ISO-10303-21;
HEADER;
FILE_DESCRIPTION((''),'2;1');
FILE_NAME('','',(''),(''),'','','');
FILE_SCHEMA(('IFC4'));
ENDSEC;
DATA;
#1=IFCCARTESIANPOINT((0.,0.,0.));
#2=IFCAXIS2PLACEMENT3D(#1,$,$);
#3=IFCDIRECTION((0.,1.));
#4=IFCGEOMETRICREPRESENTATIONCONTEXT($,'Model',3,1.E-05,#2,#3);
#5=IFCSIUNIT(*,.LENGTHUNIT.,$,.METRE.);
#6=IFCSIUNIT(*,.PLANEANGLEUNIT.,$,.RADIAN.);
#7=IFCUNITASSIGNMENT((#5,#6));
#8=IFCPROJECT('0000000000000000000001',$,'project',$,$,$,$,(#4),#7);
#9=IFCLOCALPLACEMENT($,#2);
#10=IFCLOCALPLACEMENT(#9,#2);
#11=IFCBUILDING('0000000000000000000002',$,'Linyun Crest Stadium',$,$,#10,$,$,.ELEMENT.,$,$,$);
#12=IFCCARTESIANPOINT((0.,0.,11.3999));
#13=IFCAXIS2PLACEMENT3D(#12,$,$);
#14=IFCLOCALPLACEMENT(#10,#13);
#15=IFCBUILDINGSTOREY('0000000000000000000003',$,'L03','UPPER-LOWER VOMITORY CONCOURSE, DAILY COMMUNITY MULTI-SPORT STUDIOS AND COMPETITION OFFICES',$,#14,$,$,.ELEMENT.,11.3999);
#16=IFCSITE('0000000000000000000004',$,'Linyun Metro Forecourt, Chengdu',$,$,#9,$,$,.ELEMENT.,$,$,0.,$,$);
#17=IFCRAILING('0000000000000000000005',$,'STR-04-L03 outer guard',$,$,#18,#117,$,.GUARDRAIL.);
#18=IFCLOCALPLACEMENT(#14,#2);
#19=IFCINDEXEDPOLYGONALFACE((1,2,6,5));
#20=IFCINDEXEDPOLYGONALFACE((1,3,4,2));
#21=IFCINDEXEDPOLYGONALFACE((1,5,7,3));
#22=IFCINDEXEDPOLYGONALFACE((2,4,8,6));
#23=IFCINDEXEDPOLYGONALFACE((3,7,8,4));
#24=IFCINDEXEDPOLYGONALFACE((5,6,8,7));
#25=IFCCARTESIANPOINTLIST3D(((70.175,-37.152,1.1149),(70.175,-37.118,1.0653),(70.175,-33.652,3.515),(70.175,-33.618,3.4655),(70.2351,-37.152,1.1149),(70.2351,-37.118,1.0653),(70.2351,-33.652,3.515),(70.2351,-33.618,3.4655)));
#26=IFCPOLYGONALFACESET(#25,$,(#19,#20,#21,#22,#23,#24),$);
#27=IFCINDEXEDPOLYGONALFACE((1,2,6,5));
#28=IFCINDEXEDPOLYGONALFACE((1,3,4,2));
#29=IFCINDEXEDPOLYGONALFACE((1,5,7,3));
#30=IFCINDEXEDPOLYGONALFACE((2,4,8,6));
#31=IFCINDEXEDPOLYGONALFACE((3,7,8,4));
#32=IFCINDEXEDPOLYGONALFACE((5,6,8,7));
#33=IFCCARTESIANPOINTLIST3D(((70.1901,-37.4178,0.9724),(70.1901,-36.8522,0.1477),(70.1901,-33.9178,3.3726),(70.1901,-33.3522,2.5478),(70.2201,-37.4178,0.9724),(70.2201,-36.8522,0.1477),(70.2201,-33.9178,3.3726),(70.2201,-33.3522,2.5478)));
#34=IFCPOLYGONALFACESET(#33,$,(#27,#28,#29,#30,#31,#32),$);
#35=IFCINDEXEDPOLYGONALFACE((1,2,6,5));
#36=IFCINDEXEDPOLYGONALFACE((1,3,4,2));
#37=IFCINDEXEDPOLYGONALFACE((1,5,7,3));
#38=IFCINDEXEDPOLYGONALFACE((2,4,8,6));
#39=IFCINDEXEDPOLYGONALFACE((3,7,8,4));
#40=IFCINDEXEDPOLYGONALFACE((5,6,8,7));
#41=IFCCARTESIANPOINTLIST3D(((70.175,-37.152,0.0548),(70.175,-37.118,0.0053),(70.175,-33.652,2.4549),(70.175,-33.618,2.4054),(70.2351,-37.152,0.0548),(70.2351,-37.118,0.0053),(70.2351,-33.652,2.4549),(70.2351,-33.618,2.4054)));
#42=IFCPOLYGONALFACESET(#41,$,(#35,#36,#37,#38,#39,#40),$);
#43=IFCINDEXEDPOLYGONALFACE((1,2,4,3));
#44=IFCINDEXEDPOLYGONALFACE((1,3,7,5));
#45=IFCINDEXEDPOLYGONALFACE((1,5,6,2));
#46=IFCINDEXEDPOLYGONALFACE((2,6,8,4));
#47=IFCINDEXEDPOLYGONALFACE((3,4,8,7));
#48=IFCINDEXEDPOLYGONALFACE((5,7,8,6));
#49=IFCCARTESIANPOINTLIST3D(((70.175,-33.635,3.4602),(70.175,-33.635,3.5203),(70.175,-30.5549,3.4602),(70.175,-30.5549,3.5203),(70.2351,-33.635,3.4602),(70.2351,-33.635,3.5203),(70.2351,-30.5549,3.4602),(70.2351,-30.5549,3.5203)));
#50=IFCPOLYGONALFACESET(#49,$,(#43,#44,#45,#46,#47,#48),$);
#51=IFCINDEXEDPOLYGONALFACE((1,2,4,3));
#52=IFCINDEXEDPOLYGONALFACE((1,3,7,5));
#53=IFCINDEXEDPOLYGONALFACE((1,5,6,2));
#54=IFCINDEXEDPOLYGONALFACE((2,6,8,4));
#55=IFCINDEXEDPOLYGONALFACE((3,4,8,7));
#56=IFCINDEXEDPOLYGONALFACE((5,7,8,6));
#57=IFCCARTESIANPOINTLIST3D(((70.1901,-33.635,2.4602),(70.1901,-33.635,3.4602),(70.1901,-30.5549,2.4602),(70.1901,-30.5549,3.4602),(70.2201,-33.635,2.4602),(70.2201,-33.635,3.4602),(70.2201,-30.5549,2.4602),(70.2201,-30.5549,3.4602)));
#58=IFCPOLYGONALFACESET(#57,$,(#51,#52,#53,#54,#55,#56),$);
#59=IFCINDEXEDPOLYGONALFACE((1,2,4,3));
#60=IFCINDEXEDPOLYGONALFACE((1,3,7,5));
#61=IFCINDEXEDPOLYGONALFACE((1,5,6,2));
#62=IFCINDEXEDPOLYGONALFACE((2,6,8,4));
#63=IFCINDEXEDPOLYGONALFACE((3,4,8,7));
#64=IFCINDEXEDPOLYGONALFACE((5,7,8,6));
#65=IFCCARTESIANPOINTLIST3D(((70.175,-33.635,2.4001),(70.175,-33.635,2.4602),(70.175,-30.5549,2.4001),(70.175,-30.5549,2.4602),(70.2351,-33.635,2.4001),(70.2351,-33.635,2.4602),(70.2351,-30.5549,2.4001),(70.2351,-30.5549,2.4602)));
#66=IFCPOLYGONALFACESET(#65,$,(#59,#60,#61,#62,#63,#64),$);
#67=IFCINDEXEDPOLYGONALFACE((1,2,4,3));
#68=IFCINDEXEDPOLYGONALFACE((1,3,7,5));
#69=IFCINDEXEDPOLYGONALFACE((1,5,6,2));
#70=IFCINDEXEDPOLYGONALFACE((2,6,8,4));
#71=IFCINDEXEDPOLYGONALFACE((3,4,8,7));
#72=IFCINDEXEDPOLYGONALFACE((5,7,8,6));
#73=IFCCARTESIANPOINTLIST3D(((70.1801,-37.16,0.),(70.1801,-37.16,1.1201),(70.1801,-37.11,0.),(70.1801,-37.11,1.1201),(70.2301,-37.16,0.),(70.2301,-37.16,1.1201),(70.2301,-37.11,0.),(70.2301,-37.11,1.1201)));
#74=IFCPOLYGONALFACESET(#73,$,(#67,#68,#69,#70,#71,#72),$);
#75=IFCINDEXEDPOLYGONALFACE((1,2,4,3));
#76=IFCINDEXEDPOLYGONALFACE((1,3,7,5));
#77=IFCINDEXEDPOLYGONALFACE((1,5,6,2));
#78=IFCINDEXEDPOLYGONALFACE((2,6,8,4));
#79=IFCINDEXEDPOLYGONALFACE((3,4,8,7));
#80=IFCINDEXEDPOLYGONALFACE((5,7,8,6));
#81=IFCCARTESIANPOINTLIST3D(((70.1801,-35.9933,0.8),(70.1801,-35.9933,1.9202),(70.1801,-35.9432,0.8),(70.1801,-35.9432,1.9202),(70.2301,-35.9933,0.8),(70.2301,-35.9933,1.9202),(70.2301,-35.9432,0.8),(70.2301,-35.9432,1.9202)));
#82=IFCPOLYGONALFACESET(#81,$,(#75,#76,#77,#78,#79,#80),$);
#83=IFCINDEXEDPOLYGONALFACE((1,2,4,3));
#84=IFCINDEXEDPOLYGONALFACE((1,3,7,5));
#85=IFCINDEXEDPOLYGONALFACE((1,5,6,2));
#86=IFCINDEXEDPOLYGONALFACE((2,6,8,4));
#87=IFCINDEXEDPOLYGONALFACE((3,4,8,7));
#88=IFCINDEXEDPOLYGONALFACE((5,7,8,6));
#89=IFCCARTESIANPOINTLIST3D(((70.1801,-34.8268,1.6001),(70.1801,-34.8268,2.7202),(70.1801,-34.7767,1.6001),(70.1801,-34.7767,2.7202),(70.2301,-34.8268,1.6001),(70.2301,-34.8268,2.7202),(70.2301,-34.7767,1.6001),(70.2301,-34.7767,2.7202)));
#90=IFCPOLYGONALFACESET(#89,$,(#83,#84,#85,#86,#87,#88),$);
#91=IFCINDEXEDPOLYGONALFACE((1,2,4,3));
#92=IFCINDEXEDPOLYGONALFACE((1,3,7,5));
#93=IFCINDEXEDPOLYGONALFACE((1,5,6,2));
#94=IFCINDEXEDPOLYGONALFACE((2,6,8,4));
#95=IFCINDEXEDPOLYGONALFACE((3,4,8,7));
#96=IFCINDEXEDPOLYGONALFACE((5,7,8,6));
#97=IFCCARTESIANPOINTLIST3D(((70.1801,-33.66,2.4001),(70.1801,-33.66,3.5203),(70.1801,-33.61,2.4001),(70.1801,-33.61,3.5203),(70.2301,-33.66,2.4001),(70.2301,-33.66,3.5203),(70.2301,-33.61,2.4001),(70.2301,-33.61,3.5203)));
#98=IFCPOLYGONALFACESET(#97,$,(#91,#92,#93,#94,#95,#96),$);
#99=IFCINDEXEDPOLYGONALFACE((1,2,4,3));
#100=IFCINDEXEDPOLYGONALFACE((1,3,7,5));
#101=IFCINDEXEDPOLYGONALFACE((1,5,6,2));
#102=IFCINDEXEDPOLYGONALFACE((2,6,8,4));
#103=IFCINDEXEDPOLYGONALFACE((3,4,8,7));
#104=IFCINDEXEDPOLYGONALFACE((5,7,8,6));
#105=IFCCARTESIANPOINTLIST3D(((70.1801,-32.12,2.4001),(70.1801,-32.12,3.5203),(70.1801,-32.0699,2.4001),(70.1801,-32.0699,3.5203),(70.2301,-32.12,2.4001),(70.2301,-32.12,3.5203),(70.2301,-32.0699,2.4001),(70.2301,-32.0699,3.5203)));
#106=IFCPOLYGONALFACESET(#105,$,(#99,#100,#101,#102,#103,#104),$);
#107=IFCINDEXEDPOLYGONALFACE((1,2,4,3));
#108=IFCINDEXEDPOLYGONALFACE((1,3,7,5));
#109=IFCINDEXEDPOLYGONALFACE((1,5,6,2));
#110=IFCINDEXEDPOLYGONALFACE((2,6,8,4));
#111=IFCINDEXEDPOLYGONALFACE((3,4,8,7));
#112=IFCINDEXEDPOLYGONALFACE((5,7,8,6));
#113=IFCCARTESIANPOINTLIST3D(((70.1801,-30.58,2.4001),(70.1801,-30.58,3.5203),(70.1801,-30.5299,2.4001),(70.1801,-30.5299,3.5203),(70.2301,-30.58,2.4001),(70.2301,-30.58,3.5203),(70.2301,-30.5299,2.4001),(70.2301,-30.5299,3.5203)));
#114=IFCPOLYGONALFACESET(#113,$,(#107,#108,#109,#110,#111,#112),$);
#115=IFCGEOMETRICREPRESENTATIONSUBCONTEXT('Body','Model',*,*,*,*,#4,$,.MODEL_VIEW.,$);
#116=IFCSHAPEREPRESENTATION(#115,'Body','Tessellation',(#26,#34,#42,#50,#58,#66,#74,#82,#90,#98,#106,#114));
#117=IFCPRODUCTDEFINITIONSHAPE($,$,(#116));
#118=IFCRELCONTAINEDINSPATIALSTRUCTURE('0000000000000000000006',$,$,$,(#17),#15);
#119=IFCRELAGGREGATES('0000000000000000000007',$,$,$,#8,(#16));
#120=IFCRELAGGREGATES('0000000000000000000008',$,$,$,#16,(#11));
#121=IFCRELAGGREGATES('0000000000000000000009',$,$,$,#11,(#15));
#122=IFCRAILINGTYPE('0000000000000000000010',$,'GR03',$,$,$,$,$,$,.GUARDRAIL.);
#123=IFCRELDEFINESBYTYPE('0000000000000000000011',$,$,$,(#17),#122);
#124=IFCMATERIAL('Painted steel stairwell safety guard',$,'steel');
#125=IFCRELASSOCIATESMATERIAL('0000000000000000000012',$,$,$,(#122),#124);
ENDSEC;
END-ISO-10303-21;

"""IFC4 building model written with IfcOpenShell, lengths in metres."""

from ifc_helpers import new_model, si_unit, direction, frame, origin, origin_2d, place, context, subcontext, project, spatial, rectangle, extrude, material, type_object, element, save


model = new_model("IFC4")

# Units and contexts
model_context = context("Model", 3, precision=1e-05, world=origin(), true_north=direction((0.0, 1.0)))
body_context = subcontext(model_context, "Body", "Model", "MODEL_VIEW")
ifc_project = project(units=[si_unit("LENGTHUNIT", "METRE"), si_unit("PLANEANGLEUNIT", "RADIAN")], contexts=[model_context])

# Site, building, storey
site_placement = place(None, origin())
site = spatial("IfcSite", under=ifc_project, at=site_placement, Name="Linyun Metro Forecourt, Chengdu", CompositionType="ELEMENT", RefElevation=0.0)
building_placement = place(site_placement, origin())
building = spatial("IfcBuilding", under=site, at=building_placement, Name="Linyun Crest Stadium", CompositionType="ELEMENT")
storey_placement = place(building_placement, frame((0.0, 0.0, 11.3999)))
storey = spatial("IfcBuildingStorey", under=building, at=storey_placement, Name="L03", Description="UPPER-LOWER VOMITORY CONCOURSE, DAILY COMMUNITY MULTI-SPORT STUDIOS AND COMPETITION OFFICES", CompositionType="ELEMENT", Elevation=11.3999)

# Railing
ifc_material_1 = material(Name="Painted steel stairwell safety guard", Category="steel")
railing_type_1 = type_object("IfcRailingType", Name="GR03", PredefinedType="GUARDRAIL", material=ifc_material_1)
railing_1_placement = place(storey_placement, frame((70.2051, -37.135, 0.0)))
element("IfcRailing", 1, at=railing_1_placement, inside=storey, type_object=railing_type_1, Name="STR-04-L03 outer guard", PredefinedType="GUARDRAIL", context=body_context, shape_type="SweptSolid", body=[
    extrude(rectangle(XDim=0.0601, YDim=0.0601, at=origin_2d()), frame((0.0, 0.0, 1.0901), z_axis=(0.0, 0.824713, 0.565552), x_axis=(-1.0, 0.0, 0.0)), (0.0, 0.0, 1.0), 4.2439),
    extrude(rectangle(XDim=0.03, YDim=1.0, at=origin_2d()), frame((0.0, 0.0, 0.5601), z_axis=(0.0, 0.824713, 0.565552), x_axis=(-1.0, 0.0, 0.0)), (0.0, 0.0, 1.0), 4.2439),
    extrude(rectangle(XDim=0.0601, YDim=0.0601, at=origin_2d()), frame((0.0, 0.0, 0.03), z_axis=(0.0, 0.824713, 0.565552), x_axis=(-1.0, 0.0, 0.0)), (0.0, 0.0, 1.0), 4.2439),
    extrude(rectangle(XDim=0.0601, YDim=0.0601, at=origin_2d()), frame((0.0, 3.5, 3.4902), z_axis=(0.0, 1.0, 0.0), x_axis=(-1.0, 0.0, 0.0)), (0.0, 0.0, 1.0), 3.0801),
    extrude(rectangle(XDim=0.03, YDim=1.0, at=origin_2d()), frame((0.0, 3.5, 2.9602), z_axis=(0.0, 1.0, 0.0), x_axis=(-1.0, 0.0, 0.0)), (0.0, 0.0, 1.0), 3.0801),
    extrude(rectangle(XDim=0.0601, YDim=0.0601, at=origin_2d()), frame((0.0, 3.5, 2.4302), z_axis=(0.0, 1.0, 0.0), x_axis=(-1.0, 0.0, 0.0)), (0.0, 0.0, 1.0), 3.0801),
    extrude(rectangle(XDim=0.05, YDim=0.05, at=origin_2d()), origin(), (0.0, 0.0, 1.0), 1.1201),
    extrude(rectangle(XDim=0.05, YDim=0.05, at=origin_2d()), frame((0.0, 1.1667, 0.8)), (0.0, 0.0, 1.0), 1.1201),
    extrude(rectangle(XDim=0.05, YDim=0.05, at=origin_2d()), frame((0.0, 2.3333, 1.6001)), (0.0, 0.0, 1.0), 1.1201),
    extrude(rectangle(XDim=0.05, YDim=0.05, at=origin_2d()), frame((0.0, 3.5, 2.4001)), (0.0, 0.0, 1.0), 1.1201),
    extrude(rectangle(XDim=0.05, YDim=0.05, at=origin_2d()), frame((0.0, 5.04, 2.4001)), (0.0, 0.0, 1.0), 1.1201),
    extrude(rectangle(XDim=0.05, YDim=0.05, at=origin_2d()), frame((0.0, 6.5801, 2.4001)), (0.0, 0.0, 1.0), 1.1201),
])

save(model, "model.ifc")
